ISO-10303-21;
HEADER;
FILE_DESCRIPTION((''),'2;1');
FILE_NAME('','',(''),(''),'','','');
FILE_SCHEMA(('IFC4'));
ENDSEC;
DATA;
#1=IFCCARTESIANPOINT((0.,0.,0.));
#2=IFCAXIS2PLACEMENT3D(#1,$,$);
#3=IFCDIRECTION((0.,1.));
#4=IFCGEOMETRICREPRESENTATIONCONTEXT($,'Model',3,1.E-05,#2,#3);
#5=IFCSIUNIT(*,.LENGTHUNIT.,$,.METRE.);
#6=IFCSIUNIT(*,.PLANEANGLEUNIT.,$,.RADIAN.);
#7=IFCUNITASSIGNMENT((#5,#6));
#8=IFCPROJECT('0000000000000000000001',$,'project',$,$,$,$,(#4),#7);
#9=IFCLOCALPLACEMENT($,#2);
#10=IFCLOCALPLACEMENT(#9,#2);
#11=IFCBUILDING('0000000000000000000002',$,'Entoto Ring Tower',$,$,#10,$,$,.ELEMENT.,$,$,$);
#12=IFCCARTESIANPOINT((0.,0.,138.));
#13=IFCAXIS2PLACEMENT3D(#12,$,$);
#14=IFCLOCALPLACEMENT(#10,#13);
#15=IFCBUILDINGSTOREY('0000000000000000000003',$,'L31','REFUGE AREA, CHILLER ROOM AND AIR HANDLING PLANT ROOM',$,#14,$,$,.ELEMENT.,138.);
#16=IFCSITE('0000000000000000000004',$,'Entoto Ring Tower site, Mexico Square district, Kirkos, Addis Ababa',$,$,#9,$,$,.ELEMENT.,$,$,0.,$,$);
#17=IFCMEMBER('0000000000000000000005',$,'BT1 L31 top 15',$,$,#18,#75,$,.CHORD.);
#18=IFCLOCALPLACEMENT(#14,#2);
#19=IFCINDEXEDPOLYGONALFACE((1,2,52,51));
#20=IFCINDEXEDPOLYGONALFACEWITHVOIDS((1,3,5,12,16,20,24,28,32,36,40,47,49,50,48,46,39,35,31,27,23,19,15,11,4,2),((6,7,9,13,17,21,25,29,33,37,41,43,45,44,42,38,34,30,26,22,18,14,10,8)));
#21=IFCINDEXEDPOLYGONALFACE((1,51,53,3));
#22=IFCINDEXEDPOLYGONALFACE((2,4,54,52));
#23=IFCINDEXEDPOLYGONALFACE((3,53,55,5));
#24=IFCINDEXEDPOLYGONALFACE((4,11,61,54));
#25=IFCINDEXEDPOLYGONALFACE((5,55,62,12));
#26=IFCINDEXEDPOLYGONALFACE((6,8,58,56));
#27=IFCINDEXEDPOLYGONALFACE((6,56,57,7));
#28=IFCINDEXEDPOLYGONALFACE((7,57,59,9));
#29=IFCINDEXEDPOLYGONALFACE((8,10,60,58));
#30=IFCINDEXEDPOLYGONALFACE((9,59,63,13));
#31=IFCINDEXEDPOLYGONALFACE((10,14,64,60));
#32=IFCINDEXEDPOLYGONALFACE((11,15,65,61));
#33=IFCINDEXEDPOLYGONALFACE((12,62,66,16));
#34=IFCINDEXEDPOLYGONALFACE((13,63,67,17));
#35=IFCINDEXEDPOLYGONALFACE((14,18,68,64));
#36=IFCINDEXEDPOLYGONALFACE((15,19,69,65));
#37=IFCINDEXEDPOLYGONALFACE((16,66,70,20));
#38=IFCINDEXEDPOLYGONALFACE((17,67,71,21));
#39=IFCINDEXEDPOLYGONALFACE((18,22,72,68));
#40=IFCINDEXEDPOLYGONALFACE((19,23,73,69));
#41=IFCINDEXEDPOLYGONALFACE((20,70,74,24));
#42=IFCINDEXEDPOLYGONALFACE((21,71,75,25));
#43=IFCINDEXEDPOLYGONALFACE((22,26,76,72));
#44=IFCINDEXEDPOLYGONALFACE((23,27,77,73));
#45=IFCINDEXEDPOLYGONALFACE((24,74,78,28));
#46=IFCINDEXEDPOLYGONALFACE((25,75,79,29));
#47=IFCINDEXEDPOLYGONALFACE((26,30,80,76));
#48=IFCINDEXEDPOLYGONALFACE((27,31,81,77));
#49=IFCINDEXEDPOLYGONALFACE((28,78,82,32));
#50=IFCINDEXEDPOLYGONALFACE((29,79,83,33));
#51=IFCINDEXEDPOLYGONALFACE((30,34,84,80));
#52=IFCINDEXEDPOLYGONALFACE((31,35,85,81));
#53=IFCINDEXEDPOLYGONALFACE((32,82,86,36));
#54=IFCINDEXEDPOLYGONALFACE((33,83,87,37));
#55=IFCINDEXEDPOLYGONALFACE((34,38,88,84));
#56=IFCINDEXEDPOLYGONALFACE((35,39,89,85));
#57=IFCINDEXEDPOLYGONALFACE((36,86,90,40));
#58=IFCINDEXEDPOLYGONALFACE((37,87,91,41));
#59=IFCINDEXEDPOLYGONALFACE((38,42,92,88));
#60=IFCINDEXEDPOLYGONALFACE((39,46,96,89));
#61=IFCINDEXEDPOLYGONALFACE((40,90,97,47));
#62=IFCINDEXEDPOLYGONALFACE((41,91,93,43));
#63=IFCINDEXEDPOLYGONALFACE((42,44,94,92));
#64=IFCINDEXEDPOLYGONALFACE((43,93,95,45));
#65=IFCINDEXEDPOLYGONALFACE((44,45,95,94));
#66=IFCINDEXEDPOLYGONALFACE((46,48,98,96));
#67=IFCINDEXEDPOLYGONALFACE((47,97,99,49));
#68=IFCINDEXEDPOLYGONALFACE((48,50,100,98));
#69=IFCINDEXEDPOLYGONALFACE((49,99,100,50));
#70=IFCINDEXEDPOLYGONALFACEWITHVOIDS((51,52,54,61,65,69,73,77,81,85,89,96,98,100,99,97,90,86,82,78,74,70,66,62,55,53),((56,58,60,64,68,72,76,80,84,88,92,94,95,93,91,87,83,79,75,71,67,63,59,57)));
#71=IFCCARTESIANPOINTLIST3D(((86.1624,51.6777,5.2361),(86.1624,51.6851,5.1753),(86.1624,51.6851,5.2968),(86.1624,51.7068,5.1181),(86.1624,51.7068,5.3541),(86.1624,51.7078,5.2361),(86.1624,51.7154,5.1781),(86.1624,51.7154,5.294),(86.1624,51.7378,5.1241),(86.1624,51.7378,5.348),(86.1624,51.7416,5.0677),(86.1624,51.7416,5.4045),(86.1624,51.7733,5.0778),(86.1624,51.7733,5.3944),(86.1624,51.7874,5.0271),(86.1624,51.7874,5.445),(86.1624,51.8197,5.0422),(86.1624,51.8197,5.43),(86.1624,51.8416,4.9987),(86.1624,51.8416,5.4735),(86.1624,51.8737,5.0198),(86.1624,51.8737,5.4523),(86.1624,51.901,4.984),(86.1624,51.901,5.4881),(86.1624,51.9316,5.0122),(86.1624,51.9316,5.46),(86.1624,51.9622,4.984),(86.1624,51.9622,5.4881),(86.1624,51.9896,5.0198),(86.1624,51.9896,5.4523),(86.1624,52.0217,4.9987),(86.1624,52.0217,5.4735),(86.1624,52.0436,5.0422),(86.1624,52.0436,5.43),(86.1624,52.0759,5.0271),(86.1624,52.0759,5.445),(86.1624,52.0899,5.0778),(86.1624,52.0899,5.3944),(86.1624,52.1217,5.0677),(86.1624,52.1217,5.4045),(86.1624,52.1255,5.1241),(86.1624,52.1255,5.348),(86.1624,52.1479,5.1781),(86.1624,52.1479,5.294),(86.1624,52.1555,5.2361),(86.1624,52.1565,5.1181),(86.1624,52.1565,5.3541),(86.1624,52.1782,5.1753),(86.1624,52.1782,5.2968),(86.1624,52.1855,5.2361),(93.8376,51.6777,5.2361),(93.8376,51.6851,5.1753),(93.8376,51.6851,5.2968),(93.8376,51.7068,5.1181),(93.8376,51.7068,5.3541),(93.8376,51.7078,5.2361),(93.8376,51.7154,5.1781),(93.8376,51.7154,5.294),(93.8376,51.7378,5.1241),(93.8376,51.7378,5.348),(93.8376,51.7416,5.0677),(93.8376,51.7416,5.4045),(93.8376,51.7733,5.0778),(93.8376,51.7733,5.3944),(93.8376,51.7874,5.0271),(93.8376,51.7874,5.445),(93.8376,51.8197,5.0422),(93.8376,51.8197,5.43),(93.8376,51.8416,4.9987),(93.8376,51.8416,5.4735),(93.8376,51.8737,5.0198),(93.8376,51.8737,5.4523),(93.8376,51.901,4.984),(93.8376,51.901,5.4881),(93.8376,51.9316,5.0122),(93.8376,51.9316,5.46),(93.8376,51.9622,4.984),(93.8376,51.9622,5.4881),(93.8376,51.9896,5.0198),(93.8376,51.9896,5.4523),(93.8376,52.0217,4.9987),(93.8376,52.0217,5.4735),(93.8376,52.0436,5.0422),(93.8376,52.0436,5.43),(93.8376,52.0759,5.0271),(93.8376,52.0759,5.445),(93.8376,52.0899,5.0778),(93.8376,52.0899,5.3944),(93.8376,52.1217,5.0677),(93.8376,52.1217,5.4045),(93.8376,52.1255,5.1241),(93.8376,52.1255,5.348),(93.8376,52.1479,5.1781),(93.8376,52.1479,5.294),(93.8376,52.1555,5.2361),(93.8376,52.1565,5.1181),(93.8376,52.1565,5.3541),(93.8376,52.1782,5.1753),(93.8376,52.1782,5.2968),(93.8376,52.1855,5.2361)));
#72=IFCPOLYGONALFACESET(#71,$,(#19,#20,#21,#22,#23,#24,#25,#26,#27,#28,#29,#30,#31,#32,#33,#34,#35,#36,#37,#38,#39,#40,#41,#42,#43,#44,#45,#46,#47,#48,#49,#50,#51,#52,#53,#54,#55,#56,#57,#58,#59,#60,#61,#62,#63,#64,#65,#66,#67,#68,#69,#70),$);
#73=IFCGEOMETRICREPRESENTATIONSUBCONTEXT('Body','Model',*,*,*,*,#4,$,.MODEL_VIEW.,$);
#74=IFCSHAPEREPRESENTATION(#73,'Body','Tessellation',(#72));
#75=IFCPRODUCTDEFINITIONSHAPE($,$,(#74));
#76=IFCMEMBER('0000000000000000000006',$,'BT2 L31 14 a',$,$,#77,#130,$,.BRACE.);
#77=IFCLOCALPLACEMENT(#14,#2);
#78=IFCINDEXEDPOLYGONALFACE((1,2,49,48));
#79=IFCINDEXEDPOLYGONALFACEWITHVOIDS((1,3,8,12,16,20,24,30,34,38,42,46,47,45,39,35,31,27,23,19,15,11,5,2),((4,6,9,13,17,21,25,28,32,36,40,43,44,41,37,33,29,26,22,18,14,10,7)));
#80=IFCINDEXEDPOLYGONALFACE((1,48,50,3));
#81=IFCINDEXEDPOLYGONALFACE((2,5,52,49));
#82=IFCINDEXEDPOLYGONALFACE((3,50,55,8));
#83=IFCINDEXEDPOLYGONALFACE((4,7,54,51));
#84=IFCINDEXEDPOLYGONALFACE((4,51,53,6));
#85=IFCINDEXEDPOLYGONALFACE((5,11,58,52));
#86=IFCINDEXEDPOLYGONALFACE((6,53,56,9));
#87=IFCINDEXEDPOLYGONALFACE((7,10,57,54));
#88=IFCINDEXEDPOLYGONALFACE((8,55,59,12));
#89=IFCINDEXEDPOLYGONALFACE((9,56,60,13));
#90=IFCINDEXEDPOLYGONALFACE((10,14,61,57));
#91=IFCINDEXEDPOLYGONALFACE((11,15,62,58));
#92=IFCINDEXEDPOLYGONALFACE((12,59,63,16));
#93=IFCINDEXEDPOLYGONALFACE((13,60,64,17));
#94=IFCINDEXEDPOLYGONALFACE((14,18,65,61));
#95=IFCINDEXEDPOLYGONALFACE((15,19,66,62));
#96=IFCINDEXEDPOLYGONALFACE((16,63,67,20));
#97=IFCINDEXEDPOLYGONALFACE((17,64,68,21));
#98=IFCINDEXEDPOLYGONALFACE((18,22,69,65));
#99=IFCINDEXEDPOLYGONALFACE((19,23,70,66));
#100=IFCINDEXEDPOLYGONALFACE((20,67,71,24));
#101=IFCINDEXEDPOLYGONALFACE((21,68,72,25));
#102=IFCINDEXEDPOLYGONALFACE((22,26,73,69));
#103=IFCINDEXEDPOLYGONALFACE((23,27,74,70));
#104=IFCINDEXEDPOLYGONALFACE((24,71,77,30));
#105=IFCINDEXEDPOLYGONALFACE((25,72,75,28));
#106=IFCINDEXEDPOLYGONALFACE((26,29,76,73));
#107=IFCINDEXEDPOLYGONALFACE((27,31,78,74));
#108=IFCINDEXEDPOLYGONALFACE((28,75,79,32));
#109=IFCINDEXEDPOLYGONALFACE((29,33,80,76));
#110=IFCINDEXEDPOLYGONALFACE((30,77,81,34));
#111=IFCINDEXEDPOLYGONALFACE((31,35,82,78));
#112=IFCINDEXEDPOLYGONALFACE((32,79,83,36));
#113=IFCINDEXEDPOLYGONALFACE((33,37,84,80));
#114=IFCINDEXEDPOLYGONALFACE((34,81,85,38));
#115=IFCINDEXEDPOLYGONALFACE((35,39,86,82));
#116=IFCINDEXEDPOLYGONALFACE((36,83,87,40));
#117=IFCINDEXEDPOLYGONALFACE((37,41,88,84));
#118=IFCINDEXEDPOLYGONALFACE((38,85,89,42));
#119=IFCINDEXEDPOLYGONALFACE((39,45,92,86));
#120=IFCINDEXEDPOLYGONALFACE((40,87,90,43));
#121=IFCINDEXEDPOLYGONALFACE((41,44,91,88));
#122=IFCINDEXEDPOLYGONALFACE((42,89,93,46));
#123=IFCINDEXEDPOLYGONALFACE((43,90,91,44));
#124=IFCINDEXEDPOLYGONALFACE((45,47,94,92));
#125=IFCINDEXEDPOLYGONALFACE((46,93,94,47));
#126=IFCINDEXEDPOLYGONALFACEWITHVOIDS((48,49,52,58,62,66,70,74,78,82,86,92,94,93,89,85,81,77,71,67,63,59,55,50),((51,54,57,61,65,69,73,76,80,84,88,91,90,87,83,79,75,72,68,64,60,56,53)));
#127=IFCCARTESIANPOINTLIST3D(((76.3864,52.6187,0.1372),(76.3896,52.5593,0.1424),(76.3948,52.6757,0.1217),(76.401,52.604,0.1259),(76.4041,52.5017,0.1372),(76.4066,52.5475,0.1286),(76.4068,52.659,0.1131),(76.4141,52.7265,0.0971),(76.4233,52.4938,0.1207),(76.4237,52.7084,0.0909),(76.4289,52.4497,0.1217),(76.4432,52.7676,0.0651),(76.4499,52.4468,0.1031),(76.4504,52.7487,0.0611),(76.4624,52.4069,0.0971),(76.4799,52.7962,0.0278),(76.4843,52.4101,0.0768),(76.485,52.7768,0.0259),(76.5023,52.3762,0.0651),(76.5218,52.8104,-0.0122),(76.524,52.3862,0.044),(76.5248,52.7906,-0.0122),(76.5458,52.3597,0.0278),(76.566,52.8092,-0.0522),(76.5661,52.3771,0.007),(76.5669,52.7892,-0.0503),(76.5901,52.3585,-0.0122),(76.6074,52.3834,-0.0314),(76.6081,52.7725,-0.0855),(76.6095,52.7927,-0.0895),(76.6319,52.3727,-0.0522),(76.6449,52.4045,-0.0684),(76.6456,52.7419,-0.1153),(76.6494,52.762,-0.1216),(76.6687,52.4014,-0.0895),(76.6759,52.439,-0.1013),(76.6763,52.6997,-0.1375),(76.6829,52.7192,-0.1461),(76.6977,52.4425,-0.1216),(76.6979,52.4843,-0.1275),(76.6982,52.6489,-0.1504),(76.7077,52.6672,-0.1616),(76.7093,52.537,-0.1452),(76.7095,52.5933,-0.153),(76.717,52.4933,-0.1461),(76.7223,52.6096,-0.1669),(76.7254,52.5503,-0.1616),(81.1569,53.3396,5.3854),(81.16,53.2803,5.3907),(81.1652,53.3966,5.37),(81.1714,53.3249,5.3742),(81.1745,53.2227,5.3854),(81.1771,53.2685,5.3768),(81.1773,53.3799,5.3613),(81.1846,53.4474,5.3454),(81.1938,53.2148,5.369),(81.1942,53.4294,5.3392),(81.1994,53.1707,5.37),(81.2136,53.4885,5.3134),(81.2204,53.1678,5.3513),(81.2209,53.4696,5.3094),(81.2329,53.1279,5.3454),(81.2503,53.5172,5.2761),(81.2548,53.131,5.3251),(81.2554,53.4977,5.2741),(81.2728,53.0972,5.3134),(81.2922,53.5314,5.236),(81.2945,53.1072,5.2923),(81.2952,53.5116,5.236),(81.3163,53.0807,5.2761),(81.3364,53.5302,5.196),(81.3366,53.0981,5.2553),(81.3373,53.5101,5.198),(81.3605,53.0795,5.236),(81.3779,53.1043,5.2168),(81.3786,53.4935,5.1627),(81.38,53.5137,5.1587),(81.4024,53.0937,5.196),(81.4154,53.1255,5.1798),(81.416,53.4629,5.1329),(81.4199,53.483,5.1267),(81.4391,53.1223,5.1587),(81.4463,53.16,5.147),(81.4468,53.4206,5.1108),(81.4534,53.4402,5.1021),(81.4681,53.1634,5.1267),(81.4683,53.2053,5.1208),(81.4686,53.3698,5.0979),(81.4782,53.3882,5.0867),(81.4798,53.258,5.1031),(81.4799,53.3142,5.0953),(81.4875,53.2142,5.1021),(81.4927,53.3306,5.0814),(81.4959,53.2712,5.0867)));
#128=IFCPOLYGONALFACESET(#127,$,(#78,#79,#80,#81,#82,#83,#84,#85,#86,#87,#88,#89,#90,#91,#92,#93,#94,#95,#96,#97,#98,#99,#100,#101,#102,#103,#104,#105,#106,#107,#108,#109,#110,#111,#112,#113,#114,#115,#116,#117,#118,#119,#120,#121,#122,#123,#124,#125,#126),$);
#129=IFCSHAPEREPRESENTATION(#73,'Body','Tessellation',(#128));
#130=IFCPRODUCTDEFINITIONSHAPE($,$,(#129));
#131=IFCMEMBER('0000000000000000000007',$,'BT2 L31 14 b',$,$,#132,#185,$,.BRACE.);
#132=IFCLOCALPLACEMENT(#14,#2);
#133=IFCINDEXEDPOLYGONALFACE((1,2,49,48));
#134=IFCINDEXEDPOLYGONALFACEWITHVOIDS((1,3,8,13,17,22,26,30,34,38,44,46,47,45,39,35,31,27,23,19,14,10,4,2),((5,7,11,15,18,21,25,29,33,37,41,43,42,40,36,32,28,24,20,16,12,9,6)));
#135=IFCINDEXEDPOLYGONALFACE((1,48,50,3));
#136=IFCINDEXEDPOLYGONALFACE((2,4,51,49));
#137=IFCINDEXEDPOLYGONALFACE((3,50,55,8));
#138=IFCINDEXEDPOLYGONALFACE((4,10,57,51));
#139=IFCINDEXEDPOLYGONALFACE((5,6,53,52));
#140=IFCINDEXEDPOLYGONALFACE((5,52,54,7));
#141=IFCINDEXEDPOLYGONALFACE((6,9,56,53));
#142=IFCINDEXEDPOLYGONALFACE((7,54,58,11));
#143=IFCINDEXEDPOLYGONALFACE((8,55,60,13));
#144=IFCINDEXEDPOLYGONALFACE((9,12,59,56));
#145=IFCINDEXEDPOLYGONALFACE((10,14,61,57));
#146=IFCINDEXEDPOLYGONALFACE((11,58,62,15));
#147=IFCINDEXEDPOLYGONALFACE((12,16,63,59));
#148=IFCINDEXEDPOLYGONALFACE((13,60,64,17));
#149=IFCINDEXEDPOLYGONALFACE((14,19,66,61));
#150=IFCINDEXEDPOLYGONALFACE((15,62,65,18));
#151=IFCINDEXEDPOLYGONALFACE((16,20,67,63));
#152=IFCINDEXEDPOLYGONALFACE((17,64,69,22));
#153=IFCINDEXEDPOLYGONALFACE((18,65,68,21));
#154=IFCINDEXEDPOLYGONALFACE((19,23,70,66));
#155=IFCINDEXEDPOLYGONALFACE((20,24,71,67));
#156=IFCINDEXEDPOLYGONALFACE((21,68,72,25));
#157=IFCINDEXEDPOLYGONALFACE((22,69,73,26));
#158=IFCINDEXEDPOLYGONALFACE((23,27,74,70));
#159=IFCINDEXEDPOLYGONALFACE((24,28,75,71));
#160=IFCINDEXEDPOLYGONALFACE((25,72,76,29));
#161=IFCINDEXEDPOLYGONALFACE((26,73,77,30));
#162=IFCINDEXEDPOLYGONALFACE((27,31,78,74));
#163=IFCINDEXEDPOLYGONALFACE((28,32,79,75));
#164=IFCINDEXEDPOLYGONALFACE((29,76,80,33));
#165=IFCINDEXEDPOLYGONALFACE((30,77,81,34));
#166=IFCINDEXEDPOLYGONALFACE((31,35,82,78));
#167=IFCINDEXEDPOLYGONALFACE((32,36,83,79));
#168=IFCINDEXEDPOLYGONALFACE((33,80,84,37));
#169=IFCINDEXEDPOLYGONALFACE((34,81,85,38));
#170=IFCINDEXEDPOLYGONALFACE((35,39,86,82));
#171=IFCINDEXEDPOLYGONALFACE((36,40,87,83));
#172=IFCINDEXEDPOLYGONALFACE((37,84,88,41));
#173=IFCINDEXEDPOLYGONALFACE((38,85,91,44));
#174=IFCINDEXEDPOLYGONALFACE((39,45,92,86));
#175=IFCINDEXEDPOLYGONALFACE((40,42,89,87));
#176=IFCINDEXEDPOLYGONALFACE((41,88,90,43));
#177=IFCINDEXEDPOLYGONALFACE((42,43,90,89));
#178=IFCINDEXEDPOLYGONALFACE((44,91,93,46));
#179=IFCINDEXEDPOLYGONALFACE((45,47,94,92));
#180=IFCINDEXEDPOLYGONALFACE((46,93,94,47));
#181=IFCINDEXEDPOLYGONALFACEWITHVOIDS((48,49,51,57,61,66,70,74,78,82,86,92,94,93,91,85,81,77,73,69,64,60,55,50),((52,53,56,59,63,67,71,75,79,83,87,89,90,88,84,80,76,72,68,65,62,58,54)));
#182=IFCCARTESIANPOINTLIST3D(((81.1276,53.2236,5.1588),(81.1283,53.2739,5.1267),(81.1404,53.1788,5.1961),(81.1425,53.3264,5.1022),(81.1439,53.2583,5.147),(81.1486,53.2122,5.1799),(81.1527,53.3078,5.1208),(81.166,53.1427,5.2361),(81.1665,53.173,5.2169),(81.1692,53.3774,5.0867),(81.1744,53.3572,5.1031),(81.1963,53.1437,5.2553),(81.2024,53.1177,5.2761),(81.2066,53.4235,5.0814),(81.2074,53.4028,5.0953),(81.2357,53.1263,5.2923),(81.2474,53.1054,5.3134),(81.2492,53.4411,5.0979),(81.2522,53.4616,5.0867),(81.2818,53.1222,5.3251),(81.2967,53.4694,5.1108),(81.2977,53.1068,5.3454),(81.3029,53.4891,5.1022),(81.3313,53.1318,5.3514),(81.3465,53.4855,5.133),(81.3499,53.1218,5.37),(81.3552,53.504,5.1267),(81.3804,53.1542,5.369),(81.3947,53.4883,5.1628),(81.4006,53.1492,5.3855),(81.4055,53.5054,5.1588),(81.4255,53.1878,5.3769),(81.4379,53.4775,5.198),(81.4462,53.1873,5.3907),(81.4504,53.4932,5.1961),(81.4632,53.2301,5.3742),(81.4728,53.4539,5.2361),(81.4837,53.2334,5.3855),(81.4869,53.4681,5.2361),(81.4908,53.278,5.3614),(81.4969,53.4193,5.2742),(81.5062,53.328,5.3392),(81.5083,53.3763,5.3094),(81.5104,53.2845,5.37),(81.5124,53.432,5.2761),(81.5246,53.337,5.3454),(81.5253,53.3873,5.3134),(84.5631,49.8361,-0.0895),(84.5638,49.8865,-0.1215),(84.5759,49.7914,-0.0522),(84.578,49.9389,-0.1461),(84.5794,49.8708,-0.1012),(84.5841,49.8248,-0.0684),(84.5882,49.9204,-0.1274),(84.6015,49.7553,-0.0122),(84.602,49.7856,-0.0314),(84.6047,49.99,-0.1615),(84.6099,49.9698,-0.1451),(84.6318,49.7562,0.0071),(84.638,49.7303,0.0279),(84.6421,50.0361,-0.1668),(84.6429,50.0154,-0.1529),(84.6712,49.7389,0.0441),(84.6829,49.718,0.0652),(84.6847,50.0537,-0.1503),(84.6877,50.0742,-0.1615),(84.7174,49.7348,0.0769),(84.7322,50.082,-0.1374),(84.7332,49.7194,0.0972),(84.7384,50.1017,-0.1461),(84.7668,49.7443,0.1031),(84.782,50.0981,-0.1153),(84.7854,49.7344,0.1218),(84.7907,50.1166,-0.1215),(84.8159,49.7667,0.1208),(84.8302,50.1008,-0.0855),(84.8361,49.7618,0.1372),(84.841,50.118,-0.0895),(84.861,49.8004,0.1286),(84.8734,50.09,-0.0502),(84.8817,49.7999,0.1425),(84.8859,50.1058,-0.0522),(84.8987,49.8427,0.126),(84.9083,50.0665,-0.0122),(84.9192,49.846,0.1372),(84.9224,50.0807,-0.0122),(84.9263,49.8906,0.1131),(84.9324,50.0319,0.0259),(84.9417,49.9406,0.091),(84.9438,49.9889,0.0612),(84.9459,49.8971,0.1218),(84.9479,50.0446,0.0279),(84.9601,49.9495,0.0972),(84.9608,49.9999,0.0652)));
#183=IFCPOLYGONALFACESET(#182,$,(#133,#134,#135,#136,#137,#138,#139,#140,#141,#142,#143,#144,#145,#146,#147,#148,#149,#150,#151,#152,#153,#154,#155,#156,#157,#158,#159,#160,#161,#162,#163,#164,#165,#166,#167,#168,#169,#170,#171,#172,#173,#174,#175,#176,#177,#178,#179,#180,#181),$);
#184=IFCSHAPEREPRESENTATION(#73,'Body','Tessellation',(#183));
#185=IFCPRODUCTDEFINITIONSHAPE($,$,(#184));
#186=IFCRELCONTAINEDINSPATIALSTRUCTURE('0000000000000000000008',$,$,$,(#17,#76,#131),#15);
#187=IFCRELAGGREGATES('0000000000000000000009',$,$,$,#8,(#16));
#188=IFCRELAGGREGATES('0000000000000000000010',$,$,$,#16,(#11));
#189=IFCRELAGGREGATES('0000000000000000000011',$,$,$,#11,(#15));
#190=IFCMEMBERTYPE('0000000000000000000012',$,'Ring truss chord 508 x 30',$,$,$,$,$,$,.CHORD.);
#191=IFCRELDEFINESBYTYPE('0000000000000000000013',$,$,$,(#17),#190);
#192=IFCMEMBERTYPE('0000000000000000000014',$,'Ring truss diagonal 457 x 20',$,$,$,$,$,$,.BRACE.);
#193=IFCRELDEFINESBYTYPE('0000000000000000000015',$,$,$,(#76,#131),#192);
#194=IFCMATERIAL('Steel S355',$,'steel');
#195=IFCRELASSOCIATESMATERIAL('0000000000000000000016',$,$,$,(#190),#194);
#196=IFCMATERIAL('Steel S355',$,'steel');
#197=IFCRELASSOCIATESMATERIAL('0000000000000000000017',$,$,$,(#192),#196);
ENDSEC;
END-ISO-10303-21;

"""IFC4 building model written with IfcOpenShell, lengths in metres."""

from ifc_helpers import new_model, si_unit, direction, frame, origin, origin_2d, place, context, subcontext, project, spatial, circle, hollow_circle, extrude, material, material_profile, profile_set, type_object, element, save


model = new_model("IFC4")

# Units and contexts
model_context = context("Model", 3, precision=1e-05, world=origin(), true_north=direction((0.0, 1.0)))
body_context = subcontext(model_context, "Body", "Model", "MODEL_VIEW")
ifc_project = project(units=[si_unit("LENGTHUNIT", "METRE"), si_unit("PLANEANGLEUNIT", "RADIAN")], contexts=[model_context])

# Site, building, storey
site_placement = place(None, origin())
site = spatial("IfcSite", under=ifc_project, at=site_placement, Name="Entoto Ring Tower site, Mexico Square district, Kirkos, Addis Ababa", CompositionType="ELEMENT", RefElevation=0.0)
building_placement = place(site_placement, origin())
building = spatial("IfcBuilding", under=site, at=building_placement, Name="Entoto Ring Tower", CompositionType="ELEMENT")
storey_placement = place(building_placement, frame((0.0, 0.0, 138.0)))
storey = spatial("IfcBuildingStorey", under=building, at=storey_placement, Name="L31", Description="REFUGE AREA, CHILLER ROOM AND AIR HANDLING PLANT ROOM", CompositionType="ELEMENT", Elevation=138.0)

# Members
ifc_material_1 = material(Name="Steel S355", Category="steel")
ifc_material_profile_1 = material_profile(ifc_material_1, hollow_circle(Radius=0.2539, WallThickness=0.03, at=origin_2d()), Name="CHS 508 x 30")
ifc_material_2 = material(Name="Concrete C60/75", Category="concrete")
ifc_material_profile_2 = material_profile(ifc_material_2, circle(Radius=0.2241, at=origin_2d()), Name="Concrete C60/75 infill")
ifc_profile_set_1 = profile_set([ifc_material_profile_1, ifc_material_profile_2], Name="Steel S355")
member_type_1 = type_object("IfcMemberType", Name="Ring truss chord 508 x 30", PredefinedType="CHORD", material=ifc_profile_set_1)
member_1_placement = place(storey_placement, frame((86.1624, 51.9316, 5.2361), z_axis=(1.0, 0.0, 0.0), x_axis=(0.0, 1.0, 0.0)))
element("IfcMember", 1, at=member_1_placement, inside=storey, type_object=member_type_1, Name="BT1 L31 top 15", PredefinedType="CHORD", context=body_context, shape_type="SweptSolid", body=[
    extrude(hollow_circle(Radius=0.2539, WallThickness=0.03, at=origin_2d()), origin(), (0.0, 0.0, 1.0), 7.6753),
])
ifc_material_3 = material(Name="Steel S355", Category="steel")
ifc_material_profile_3 = material_profile(ifc_material_3, hollow_circle(Radius=0.2285, WallThickness=0.02, at=origin_2d()), Name="CHS 457 x 20")
ifc_material_4 = material(Name="Concrete C60/75", Category="concrete")
ifc_material_profile_4 = material_profile(ifc_material_4, circle(Radius=0.2085, at=origin_2d()), Name="Concrete C60/75 infill")
ifc_profile_set_2 = profile_set([ifc_material_profile_3, ifc_material_profile_4], Name="Steel S355")
member_type_2 = type_object("IfcMemberType", Name="Ring truss diagonal 457 x 20", PredefinedType="BRACE", material=ifc_profile_set_2)
for number, where, z_axis, x_axis, name in (
    (2, (76.5559, 52.5845, -0.0122), (0.669173, 0.101129, 0.736193), (-0.149429, 0.988772, 0.0), "BT2 L31 14 a"),
    (3, (81.3264, 53.3054, 5.2361), (0.481913, -0.475166, -0.736191), (0.702105, 0.712074, 0.0), "BT2 L31 14 b"),
):
    element("IfcMember", number, at=place(storey_placement, frame(where, z_axis=z_axis, x_axis=x_axis)), inside=storey, type_object=member_type_2, Name=name, PredefinedType="BRACE", context=body_context, shape_type="SweptSolid", body=[
        extrude(hollow_circle(Radius=0.2285, WallThickness=0.02, at=origin_2d()), origin(), (0.0, 0.0, 1.0), 7.1289),
    ])

save(model, "model.ifc")
